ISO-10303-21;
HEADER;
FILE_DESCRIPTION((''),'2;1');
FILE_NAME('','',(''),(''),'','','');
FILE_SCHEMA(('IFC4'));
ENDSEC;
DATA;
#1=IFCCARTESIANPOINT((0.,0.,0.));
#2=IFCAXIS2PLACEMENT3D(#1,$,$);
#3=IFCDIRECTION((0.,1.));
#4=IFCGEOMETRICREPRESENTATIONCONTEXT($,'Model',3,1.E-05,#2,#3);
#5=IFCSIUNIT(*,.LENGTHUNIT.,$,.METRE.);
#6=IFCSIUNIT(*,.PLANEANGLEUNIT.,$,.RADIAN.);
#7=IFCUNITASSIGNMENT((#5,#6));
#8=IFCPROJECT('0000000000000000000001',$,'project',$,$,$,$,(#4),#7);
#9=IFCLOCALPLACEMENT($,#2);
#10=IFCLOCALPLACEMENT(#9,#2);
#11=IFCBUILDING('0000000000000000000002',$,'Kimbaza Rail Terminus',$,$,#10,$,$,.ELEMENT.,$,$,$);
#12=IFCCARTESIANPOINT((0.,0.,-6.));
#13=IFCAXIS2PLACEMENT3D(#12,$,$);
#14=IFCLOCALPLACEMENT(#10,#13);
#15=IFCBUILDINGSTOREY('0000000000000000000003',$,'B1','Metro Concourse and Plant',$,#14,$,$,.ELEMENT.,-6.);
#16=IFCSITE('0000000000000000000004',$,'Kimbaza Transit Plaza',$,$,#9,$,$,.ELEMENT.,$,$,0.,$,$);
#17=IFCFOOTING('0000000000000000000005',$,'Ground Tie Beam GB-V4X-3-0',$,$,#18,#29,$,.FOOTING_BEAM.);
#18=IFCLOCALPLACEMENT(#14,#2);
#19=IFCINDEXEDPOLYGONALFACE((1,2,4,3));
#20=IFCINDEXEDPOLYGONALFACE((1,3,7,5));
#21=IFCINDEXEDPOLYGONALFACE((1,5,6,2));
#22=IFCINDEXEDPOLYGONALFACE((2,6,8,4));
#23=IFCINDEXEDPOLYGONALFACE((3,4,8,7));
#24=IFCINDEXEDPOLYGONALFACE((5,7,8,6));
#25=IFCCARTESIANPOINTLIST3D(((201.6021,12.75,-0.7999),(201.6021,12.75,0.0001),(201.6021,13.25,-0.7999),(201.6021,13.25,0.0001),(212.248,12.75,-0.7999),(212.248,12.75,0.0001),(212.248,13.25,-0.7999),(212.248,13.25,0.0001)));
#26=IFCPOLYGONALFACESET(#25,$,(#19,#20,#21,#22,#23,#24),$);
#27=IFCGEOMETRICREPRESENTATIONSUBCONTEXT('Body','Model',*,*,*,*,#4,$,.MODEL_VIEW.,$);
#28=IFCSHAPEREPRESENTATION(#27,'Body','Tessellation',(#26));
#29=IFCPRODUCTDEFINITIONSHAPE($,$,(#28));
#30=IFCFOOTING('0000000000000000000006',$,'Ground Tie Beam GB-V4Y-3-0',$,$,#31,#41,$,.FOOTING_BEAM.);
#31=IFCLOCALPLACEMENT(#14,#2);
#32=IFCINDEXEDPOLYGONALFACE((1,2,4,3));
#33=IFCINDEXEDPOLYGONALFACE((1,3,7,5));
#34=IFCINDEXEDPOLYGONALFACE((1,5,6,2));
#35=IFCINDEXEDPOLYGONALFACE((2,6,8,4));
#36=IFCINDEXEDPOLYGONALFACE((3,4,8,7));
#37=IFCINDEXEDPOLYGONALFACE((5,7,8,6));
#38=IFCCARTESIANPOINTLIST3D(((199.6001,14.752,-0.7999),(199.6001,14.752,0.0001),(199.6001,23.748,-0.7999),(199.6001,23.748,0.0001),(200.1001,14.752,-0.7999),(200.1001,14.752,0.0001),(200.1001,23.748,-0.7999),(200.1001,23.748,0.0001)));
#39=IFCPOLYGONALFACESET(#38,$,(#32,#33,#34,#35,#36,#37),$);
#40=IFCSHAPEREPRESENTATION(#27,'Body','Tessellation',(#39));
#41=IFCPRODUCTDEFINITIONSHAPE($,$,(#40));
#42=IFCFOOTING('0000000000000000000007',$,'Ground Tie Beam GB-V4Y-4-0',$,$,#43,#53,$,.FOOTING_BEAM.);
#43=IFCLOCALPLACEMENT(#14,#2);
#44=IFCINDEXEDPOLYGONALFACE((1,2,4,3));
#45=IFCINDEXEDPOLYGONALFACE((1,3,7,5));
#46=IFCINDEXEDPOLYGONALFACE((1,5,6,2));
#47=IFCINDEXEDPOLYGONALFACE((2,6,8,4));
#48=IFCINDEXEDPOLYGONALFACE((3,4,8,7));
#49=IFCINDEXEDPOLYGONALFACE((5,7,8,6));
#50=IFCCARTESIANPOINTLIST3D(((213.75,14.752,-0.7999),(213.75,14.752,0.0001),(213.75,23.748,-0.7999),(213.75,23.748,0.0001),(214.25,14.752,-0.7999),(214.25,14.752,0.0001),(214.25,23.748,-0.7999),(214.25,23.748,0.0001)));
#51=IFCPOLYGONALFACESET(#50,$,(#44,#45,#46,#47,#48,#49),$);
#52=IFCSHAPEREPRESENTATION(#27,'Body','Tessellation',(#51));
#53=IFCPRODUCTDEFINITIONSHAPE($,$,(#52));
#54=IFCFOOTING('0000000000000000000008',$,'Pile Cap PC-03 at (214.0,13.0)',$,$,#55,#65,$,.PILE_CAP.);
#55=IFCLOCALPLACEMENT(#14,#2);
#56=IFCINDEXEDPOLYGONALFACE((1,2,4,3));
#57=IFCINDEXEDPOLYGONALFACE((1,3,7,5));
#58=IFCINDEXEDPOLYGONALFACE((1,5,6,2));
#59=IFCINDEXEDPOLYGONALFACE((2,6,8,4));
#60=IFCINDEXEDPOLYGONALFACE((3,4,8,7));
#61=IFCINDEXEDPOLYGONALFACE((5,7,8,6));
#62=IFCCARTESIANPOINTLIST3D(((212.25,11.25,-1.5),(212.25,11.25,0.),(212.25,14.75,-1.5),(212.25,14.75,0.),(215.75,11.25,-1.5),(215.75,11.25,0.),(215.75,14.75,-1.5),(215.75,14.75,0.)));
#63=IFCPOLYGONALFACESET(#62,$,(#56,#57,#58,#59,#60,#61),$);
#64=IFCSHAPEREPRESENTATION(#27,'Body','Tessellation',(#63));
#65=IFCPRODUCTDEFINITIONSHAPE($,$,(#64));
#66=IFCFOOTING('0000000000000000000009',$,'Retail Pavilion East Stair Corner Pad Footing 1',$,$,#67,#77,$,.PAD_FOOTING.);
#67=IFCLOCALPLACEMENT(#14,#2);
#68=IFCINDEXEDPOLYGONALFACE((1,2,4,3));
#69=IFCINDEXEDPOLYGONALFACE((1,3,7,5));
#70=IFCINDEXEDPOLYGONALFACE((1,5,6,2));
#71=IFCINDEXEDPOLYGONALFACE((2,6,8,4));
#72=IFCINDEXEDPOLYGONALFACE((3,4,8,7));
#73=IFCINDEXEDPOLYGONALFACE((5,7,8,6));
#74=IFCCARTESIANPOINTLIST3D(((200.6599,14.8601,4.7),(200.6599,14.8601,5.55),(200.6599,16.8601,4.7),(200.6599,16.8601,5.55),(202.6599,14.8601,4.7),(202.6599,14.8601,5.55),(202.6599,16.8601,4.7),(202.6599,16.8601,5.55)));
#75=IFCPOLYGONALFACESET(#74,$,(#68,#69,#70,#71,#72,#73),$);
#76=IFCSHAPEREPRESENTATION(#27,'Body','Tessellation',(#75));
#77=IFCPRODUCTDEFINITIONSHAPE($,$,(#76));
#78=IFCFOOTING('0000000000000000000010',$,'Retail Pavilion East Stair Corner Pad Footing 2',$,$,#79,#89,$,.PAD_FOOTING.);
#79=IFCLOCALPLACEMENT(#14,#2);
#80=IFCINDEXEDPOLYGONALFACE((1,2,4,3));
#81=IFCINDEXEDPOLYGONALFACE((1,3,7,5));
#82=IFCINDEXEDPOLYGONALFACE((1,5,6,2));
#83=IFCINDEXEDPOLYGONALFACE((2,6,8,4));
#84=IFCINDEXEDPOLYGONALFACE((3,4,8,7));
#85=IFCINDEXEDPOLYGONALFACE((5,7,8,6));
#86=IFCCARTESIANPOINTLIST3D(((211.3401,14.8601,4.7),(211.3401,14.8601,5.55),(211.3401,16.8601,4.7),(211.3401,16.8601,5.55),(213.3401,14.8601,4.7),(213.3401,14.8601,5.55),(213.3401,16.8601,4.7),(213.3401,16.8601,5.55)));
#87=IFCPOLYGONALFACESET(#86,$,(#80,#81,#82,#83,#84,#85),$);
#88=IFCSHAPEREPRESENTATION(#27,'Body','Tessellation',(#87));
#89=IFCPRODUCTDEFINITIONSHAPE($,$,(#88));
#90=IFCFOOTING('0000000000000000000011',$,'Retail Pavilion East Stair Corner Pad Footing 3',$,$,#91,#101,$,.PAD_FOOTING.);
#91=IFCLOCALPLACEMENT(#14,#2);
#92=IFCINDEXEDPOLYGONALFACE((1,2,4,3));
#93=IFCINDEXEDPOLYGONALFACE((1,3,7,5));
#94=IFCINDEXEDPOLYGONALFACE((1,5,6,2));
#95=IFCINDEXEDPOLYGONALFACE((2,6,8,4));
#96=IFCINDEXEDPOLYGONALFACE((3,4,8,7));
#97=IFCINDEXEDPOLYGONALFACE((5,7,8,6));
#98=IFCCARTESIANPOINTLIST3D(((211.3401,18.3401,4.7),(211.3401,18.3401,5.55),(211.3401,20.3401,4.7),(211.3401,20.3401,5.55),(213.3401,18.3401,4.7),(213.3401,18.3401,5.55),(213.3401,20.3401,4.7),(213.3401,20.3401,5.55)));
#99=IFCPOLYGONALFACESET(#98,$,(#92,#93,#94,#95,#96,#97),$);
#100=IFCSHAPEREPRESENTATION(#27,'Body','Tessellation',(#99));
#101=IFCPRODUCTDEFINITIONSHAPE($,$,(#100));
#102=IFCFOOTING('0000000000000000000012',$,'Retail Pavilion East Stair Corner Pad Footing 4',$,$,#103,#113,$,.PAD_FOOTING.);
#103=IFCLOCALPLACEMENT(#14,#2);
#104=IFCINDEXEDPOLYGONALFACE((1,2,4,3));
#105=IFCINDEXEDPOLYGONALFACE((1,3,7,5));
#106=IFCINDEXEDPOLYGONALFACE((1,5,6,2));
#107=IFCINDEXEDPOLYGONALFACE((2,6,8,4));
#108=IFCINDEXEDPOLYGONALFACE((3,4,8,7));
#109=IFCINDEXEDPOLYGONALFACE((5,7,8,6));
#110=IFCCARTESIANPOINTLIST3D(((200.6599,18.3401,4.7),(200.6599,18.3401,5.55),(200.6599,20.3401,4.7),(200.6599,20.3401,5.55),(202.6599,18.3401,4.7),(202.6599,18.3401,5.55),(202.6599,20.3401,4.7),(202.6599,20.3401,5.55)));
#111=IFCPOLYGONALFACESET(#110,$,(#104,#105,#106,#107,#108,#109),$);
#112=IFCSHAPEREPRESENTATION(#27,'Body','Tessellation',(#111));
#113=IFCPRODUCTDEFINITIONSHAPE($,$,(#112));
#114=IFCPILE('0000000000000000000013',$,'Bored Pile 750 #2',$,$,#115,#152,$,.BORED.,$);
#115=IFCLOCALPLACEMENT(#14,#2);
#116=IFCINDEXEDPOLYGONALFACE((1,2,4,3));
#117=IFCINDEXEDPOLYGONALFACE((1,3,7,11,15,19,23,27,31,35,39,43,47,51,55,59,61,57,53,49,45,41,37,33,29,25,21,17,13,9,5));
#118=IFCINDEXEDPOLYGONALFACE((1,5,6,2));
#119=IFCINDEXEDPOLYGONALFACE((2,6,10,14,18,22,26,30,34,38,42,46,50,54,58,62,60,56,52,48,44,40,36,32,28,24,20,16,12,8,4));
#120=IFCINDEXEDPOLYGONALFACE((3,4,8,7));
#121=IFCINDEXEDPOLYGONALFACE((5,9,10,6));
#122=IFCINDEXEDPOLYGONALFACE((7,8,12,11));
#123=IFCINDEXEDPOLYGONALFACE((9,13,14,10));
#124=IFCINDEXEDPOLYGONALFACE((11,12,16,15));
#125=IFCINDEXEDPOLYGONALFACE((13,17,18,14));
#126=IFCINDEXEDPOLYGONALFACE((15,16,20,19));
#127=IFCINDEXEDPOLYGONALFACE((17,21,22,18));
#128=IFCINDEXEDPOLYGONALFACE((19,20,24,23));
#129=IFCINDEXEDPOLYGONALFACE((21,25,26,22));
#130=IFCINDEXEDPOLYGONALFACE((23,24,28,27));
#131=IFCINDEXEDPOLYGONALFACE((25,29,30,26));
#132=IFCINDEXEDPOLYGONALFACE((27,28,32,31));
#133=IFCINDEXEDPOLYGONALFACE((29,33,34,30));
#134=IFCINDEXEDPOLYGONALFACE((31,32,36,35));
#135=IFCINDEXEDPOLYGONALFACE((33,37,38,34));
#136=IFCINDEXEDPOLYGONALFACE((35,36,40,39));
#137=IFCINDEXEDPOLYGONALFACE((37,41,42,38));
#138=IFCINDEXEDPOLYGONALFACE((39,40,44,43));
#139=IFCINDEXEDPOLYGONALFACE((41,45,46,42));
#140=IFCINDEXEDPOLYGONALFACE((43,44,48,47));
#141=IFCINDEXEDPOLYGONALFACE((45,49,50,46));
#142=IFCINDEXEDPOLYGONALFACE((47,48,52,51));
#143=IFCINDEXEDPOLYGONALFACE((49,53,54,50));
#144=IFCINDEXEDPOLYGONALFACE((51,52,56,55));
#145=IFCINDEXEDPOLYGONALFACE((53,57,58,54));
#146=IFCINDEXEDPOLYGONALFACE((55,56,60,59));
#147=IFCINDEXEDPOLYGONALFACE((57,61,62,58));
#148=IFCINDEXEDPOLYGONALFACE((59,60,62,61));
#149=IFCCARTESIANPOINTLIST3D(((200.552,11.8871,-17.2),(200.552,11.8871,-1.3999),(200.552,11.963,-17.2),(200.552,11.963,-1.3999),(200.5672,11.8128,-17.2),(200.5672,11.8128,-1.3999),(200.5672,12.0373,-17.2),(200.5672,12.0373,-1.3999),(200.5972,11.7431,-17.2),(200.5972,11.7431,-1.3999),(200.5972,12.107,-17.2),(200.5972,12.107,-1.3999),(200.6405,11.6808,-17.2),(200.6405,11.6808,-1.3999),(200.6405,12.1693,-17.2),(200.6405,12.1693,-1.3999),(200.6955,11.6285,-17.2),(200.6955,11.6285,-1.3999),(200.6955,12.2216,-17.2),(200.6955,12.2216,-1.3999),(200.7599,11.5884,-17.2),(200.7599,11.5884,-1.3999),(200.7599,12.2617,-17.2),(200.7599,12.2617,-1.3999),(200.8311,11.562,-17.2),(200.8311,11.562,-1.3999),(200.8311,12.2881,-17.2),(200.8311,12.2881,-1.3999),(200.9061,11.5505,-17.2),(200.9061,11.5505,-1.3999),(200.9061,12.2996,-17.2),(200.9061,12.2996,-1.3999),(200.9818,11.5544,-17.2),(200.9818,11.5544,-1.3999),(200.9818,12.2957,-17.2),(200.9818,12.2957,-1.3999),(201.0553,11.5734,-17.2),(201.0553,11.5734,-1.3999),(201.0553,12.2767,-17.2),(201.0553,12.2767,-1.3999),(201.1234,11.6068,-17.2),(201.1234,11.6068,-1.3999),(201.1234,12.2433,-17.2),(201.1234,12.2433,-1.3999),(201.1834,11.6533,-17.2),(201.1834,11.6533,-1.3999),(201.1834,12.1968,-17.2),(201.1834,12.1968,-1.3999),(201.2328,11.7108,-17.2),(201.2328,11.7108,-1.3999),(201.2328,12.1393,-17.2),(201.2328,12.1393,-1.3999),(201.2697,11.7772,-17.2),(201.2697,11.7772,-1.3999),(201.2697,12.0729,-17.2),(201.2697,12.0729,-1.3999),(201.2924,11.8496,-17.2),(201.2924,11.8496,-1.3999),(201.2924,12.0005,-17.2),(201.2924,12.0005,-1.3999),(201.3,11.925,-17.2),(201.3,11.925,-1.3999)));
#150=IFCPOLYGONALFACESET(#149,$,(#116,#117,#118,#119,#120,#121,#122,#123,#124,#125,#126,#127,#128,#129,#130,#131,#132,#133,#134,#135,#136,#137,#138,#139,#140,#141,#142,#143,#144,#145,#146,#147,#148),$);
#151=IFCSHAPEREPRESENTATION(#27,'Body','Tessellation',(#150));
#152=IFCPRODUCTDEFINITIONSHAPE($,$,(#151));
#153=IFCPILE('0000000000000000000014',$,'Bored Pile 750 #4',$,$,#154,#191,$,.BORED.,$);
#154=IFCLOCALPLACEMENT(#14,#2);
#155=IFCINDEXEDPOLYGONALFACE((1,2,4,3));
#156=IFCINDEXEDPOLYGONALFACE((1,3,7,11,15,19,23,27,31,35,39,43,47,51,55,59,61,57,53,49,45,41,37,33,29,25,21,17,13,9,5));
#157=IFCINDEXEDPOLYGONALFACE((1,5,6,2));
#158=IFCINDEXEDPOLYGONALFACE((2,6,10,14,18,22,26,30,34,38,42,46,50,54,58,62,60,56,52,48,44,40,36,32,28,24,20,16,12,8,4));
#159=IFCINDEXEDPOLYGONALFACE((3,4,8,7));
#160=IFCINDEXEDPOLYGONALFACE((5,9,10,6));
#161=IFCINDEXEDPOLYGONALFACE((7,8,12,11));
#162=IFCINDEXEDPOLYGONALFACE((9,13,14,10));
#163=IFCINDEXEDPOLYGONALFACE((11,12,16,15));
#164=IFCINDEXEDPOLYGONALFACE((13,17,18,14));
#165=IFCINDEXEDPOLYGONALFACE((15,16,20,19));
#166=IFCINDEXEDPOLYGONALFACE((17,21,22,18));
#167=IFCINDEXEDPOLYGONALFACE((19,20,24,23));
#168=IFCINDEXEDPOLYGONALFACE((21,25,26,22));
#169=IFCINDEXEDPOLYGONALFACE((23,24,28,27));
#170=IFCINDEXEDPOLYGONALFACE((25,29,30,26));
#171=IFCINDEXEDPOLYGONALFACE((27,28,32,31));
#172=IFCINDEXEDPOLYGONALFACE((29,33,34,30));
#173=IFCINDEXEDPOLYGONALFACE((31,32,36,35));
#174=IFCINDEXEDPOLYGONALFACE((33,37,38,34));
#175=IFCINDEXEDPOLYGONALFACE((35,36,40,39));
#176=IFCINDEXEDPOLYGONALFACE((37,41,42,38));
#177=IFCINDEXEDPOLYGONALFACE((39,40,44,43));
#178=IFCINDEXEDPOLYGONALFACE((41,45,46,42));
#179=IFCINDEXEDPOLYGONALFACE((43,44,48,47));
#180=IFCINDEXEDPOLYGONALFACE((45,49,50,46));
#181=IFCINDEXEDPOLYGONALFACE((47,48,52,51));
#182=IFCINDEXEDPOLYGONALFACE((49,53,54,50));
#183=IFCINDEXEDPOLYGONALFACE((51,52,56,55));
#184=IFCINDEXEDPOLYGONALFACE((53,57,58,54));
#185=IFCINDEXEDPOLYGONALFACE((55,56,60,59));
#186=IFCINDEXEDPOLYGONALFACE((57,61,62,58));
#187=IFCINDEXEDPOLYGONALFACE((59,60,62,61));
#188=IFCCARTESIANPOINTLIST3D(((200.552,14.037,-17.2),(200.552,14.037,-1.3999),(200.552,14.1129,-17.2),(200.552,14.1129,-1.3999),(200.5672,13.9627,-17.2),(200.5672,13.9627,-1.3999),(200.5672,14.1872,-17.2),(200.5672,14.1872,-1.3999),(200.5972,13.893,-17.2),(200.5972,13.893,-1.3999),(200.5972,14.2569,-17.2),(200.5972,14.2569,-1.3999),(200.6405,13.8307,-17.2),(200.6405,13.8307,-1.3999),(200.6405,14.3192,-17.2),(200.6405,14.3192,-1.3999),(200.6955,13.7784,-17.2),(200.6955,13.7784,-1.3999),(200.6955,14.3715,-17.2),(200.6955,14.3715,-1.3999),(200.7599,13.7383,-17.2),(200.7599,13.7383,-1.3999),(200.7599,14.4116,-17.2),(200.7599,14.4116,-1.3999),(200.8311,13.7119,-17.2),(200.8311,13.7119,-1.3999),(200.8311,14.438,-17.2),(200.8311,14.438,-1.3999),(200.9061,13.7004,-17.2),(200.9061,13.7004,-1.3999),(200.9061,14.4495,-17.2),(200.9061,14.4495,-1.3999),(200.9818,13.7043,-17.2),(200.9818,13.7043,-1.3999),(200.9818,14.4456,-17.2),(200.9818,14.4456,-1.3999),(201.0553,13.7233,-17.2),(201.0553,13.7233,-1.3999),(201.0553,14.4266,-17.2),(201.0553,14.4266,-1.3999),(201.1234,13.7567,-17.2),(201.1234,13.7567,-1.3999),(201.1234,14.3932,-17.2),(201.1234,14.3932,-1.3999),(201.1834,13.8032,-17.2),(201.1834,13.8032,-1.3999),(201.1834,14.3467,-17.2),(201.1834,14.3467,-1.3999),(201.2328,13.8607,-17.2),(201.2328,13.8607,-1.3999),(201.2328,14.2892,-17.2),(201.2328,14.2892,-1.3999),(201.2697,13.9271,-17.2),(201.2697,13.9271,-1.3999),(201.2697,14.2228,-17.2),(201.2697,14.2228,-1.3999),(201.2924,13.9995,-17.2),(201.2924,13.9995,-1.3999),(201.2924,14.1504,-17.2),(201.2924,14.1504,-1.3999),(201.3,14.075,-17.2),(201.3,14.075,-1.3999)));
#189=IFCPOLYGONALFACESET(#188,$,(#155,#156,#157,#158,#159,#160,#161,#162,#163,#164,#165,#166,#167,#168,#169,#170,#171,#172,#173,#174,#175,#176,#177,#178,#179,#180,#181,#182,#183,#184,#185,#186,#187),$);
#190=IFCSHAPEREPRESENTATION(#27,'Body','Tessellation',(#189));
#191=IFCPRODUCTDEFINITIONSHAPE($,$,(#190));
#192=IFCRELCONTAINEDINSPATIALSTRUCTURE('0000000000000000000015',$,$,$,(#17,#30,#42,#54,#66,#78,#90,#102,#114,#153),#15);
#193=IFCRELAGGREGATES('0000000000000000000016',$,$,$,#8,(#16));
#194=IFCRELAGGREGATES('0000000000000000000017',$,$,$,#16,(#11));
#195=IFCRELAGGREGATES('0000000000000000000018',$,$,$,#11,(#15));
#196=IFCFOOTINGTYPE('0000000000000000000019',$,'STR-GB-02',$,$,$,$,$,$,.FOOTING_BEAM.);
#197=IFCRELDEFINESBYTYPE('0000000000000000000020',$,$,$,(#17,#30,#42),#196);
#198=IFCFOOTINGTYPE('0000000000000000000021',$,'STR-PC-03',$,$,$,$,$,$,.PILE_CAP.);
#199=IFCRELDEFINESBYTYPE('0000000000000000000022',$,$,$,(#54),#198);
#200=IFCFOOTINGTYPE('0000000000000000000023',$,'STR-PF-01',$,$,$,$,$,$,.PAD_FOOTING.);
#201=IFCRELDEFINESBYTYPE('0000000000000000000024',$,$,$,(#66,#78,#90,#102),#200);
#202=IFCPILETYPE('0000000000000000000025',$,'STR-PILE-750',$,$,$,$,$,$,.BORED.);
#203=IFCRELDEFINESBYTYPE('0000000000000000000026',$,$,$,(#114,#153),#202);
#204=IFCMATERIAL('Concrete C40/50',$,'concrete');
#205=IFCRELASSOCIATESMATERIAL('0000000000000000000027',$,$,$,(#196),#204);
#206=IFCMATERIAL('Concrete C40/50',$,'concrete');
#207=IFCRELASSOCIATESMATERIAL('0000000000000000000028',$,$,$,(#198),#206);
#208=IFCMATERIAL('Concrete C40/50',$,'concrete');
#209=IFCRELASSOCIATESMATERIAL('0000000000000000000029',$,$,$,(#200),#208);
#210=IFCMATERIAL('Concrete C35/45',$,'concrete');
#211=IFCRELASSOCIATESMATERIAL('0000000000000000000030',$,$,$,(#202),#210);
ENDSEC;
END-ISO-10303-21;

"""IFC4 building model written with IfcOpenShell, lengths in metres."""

from ifc_helpers import new_model, si_unit, direction, frame, origin, origin_2d, place, context, subcontext, project, spatial, rectangle, circle, extrude, material, material_profile, profile_set, type_object, element, save


model = new_model("IFC4")

# Units and contexts
model_context = context("Model", 3, precision=1e-05, world=origin(), true_north=direction((0.0, 1.0)))
body_context = subcontext(model_context, "Body", "Model", "MODEL_VIEW")
ifc_project = project(units=[si_unit("LENGTHUNIT", "METRE"), si_unit("PLANEANGLEUNIT", "RADIAN")], contexts=[model_context])

# Site, building, storey
site_placement = place(None, origin())
site = spatial("IfcSite", under=ifc_project, at=site_placement, Name="Kimbaza Transit Plaza", CompositionType="ELEMENT", RefElevation=0.0)
building_placement = place(site_placement, origin())
building = spatial("IfcBuilding", under=site, at=building_placement, Name="Kimbaza Rail Terminus", CompositionType="ELEMENT")
storey_placement = place(building_placement, frame((0.0, 0.0, -6.0)))
storey = spatial("IfcBuildingStorey", under=building, at=storey_placement, Name="B1", Description="Metro Concourse and Plant", CompositionType="ELEMENT", Elevation=-6.0)

# Footings
ifc_material_1 = material(Name="Concrete C40/50", Category="concrete")
ifc_material_profile_1 = material_profile(ifc_material_1, rectangle(XDim=0.5, YDim=0.8, at=origin_2d()), Name="GB-02 500x800")
ifc_profile_set_1 = profile_set([ifc_material_profile_1], Name="Concrete C40/50")
footing_type_1 = type_object("IfcFootingType", Name="STR-GB-02", PredefinedType="FOOTING_BEAM", material=ifc_profile_set_1)
footing_1_placement = place(storey_placement, frame((201.6021, 13.0, -0.3999), z_axis=(1.0, 0.0, 0.0), x_axis=(0.0, 1.0, 0.0)))
element("IfcFooting", 1, at=footing_1_placement, inside=storey, type_object=footing_type_1, Name="Ground Tie Beam GB-V4X-3-0", PredefinedType="FOOTING_BEAM", context=body_context, shape_type="SweptSolid", body=[
    extrude(rectangle(XDim=0.5, YDim=0.8, at=origin_2d()), origin(), (0.0, 0.0, 1.0), 10.646),
])
for number, where, z_axis, x_axis, name in (
    (2, (199.8501, 14.752, -0.3999), (0.0, 1.0, 0.0), (-1.0, 0.0, 0.0), "Ground Tie Beam GB-V4Y-3-0"),
    (3, (214.0, 14.752, -0.3999), (0.0, 1.0, 0.0), (-1.0, 0.0, 0.0), "Ground Tie Beam GB-V4Y-4-0"),
):
    element("IfcFooting", number, at=place(storey_placement, frame(where, z_axis=z_axis, x_axis=x_axis)), inside=storey, type_object=footing_type_1, Name=name, PredefinedType="FOOTING_BEAM", context=body_context, shape_type="SweptSolid", body=[
        extrude(rectangle(XDim=0.5, YDim=0.8, at=origin_2d()), origin(), (0.0, 0.0, 1.0), 8.9961),
    ])
ifc_material_2 = material(Name="Concrete C40/50", Category="concrete")
footing_type_2 = type_object("IfcFootingType", Name="STR-PC-03", PredefinedType="PILE_CAP", material=ifc_material_2)
footing_2_placement = place(storey_placement, frame((214.0, 13.0, -1.5), z_axis=(0.0, 0.0, 1.0), x_axis=(1.0, 0.0, 0.0)))
element("IfcFooting", 4, at=footing_2_placement, inside=storey, type_object=footing_type_2, Name="Pile Cap PC-03 at (214.0,13.0)", PredefinedType="PILE_CAP", context=body_context, shape_type="SweptSolid", body=[
    extrude(rectangle(XDim=3.5, YDim=3.5, at=origin_2d()), origin(), (0.0, 0.0, 1.0), 1.5),
])
ifc_material_3 = material(Name="Concrete C40/50", Category="concrete")
footing_type_3 = type_object("IfcFootingType", Name="STR-PF-01", PredefinedType="PAD_FOOTING", material=ifc_material_3)
for number, where, z_axis, x_axis, name in (
    (5, (201.6599, 15.8601, 4.7), (0.0, 0.0, 1.0), (1.0, 0.0, 0.0), "Retail Pavilion East Stair Corner Pad Footing 1"),
    (6, (212.3401, 15.8601, 4.7), (0.0, 0.0, 1.0), (1.0, 0.0, 0.0), "Retail Pavilion East Stair Corner Pad Footing 2"),
    (7, (212.3401, 19.3401, 4.7), (0.0, 0.0, 1.0), (1.0, 0.0, 0.0), "Retail Pavilion East Stair Corner Pad Footing 3"),
    (8, (201.6599, 19.3401, 4.7), (0.0, 0.0, 1.0), (1.0, 0.0, 0.0), "Retail Pavilion East Stair Corner Pad Footing 4"),
):
    element("IfcFooting", number, at=place(storey_placement, frame(where, z_axis=z_axis, x_axis=x_axis)), inside=storey, type_object=footing_type_3, Name=name, PredefinedType="PAD_FOOTING", context=body_context, shape_type="SweptSolid", body=[
        extrude(rectangle(XDim=2.0, YDim=2.0, at=origin_2d()), origin(), (0.0, 0.0, 1.0), 0.8501),
    ])

# Piles
ifc_material_4 = material(Name="Concrete C35/45", Category="concrete")
ifc_material_profile_2 = material_profile(ifc_material_4, circle(Radius=0.375, at=origin_2d()), Name="BORED PILE 750")
ifc_profile_set_2 = profile_set([ifc_material_profile_2], Name="Concrete C35/45")
pile_type = type_object("IfcPileType", Name="STR-PILE-750", PredefinedType="BORED", material=ifc_profile_set_2)
for number, where, z_axis, x_axis, name in (
    (9, (200.925, 11.925, -1.3999), (0.0, 0.0, -1.0), (1.0, 0.0, 0.0), "Bored Pile 750 #2"),
    (10, (200.925, 14.075, -1.3999), (0.0, 0.0, -1.0), (1.0, 0.0, 0.0), "Bored Pile 750 #4"),
):
    element("IfcPile", number, at=place(storey_placement, frame(where, z_axis=z_axis, x_axis=x_axis)), inside=storey, type_object=pile_type, Name=name, PredefinedType="BORED", context=body_context, shape_type="SweptSolid", body=[
        extrude(circle(Radius=0.375, at=origin_2d()), origin(), (0.0, 0.0, 1.0), 15.8),
    ])

save(model, "model.ifc")
